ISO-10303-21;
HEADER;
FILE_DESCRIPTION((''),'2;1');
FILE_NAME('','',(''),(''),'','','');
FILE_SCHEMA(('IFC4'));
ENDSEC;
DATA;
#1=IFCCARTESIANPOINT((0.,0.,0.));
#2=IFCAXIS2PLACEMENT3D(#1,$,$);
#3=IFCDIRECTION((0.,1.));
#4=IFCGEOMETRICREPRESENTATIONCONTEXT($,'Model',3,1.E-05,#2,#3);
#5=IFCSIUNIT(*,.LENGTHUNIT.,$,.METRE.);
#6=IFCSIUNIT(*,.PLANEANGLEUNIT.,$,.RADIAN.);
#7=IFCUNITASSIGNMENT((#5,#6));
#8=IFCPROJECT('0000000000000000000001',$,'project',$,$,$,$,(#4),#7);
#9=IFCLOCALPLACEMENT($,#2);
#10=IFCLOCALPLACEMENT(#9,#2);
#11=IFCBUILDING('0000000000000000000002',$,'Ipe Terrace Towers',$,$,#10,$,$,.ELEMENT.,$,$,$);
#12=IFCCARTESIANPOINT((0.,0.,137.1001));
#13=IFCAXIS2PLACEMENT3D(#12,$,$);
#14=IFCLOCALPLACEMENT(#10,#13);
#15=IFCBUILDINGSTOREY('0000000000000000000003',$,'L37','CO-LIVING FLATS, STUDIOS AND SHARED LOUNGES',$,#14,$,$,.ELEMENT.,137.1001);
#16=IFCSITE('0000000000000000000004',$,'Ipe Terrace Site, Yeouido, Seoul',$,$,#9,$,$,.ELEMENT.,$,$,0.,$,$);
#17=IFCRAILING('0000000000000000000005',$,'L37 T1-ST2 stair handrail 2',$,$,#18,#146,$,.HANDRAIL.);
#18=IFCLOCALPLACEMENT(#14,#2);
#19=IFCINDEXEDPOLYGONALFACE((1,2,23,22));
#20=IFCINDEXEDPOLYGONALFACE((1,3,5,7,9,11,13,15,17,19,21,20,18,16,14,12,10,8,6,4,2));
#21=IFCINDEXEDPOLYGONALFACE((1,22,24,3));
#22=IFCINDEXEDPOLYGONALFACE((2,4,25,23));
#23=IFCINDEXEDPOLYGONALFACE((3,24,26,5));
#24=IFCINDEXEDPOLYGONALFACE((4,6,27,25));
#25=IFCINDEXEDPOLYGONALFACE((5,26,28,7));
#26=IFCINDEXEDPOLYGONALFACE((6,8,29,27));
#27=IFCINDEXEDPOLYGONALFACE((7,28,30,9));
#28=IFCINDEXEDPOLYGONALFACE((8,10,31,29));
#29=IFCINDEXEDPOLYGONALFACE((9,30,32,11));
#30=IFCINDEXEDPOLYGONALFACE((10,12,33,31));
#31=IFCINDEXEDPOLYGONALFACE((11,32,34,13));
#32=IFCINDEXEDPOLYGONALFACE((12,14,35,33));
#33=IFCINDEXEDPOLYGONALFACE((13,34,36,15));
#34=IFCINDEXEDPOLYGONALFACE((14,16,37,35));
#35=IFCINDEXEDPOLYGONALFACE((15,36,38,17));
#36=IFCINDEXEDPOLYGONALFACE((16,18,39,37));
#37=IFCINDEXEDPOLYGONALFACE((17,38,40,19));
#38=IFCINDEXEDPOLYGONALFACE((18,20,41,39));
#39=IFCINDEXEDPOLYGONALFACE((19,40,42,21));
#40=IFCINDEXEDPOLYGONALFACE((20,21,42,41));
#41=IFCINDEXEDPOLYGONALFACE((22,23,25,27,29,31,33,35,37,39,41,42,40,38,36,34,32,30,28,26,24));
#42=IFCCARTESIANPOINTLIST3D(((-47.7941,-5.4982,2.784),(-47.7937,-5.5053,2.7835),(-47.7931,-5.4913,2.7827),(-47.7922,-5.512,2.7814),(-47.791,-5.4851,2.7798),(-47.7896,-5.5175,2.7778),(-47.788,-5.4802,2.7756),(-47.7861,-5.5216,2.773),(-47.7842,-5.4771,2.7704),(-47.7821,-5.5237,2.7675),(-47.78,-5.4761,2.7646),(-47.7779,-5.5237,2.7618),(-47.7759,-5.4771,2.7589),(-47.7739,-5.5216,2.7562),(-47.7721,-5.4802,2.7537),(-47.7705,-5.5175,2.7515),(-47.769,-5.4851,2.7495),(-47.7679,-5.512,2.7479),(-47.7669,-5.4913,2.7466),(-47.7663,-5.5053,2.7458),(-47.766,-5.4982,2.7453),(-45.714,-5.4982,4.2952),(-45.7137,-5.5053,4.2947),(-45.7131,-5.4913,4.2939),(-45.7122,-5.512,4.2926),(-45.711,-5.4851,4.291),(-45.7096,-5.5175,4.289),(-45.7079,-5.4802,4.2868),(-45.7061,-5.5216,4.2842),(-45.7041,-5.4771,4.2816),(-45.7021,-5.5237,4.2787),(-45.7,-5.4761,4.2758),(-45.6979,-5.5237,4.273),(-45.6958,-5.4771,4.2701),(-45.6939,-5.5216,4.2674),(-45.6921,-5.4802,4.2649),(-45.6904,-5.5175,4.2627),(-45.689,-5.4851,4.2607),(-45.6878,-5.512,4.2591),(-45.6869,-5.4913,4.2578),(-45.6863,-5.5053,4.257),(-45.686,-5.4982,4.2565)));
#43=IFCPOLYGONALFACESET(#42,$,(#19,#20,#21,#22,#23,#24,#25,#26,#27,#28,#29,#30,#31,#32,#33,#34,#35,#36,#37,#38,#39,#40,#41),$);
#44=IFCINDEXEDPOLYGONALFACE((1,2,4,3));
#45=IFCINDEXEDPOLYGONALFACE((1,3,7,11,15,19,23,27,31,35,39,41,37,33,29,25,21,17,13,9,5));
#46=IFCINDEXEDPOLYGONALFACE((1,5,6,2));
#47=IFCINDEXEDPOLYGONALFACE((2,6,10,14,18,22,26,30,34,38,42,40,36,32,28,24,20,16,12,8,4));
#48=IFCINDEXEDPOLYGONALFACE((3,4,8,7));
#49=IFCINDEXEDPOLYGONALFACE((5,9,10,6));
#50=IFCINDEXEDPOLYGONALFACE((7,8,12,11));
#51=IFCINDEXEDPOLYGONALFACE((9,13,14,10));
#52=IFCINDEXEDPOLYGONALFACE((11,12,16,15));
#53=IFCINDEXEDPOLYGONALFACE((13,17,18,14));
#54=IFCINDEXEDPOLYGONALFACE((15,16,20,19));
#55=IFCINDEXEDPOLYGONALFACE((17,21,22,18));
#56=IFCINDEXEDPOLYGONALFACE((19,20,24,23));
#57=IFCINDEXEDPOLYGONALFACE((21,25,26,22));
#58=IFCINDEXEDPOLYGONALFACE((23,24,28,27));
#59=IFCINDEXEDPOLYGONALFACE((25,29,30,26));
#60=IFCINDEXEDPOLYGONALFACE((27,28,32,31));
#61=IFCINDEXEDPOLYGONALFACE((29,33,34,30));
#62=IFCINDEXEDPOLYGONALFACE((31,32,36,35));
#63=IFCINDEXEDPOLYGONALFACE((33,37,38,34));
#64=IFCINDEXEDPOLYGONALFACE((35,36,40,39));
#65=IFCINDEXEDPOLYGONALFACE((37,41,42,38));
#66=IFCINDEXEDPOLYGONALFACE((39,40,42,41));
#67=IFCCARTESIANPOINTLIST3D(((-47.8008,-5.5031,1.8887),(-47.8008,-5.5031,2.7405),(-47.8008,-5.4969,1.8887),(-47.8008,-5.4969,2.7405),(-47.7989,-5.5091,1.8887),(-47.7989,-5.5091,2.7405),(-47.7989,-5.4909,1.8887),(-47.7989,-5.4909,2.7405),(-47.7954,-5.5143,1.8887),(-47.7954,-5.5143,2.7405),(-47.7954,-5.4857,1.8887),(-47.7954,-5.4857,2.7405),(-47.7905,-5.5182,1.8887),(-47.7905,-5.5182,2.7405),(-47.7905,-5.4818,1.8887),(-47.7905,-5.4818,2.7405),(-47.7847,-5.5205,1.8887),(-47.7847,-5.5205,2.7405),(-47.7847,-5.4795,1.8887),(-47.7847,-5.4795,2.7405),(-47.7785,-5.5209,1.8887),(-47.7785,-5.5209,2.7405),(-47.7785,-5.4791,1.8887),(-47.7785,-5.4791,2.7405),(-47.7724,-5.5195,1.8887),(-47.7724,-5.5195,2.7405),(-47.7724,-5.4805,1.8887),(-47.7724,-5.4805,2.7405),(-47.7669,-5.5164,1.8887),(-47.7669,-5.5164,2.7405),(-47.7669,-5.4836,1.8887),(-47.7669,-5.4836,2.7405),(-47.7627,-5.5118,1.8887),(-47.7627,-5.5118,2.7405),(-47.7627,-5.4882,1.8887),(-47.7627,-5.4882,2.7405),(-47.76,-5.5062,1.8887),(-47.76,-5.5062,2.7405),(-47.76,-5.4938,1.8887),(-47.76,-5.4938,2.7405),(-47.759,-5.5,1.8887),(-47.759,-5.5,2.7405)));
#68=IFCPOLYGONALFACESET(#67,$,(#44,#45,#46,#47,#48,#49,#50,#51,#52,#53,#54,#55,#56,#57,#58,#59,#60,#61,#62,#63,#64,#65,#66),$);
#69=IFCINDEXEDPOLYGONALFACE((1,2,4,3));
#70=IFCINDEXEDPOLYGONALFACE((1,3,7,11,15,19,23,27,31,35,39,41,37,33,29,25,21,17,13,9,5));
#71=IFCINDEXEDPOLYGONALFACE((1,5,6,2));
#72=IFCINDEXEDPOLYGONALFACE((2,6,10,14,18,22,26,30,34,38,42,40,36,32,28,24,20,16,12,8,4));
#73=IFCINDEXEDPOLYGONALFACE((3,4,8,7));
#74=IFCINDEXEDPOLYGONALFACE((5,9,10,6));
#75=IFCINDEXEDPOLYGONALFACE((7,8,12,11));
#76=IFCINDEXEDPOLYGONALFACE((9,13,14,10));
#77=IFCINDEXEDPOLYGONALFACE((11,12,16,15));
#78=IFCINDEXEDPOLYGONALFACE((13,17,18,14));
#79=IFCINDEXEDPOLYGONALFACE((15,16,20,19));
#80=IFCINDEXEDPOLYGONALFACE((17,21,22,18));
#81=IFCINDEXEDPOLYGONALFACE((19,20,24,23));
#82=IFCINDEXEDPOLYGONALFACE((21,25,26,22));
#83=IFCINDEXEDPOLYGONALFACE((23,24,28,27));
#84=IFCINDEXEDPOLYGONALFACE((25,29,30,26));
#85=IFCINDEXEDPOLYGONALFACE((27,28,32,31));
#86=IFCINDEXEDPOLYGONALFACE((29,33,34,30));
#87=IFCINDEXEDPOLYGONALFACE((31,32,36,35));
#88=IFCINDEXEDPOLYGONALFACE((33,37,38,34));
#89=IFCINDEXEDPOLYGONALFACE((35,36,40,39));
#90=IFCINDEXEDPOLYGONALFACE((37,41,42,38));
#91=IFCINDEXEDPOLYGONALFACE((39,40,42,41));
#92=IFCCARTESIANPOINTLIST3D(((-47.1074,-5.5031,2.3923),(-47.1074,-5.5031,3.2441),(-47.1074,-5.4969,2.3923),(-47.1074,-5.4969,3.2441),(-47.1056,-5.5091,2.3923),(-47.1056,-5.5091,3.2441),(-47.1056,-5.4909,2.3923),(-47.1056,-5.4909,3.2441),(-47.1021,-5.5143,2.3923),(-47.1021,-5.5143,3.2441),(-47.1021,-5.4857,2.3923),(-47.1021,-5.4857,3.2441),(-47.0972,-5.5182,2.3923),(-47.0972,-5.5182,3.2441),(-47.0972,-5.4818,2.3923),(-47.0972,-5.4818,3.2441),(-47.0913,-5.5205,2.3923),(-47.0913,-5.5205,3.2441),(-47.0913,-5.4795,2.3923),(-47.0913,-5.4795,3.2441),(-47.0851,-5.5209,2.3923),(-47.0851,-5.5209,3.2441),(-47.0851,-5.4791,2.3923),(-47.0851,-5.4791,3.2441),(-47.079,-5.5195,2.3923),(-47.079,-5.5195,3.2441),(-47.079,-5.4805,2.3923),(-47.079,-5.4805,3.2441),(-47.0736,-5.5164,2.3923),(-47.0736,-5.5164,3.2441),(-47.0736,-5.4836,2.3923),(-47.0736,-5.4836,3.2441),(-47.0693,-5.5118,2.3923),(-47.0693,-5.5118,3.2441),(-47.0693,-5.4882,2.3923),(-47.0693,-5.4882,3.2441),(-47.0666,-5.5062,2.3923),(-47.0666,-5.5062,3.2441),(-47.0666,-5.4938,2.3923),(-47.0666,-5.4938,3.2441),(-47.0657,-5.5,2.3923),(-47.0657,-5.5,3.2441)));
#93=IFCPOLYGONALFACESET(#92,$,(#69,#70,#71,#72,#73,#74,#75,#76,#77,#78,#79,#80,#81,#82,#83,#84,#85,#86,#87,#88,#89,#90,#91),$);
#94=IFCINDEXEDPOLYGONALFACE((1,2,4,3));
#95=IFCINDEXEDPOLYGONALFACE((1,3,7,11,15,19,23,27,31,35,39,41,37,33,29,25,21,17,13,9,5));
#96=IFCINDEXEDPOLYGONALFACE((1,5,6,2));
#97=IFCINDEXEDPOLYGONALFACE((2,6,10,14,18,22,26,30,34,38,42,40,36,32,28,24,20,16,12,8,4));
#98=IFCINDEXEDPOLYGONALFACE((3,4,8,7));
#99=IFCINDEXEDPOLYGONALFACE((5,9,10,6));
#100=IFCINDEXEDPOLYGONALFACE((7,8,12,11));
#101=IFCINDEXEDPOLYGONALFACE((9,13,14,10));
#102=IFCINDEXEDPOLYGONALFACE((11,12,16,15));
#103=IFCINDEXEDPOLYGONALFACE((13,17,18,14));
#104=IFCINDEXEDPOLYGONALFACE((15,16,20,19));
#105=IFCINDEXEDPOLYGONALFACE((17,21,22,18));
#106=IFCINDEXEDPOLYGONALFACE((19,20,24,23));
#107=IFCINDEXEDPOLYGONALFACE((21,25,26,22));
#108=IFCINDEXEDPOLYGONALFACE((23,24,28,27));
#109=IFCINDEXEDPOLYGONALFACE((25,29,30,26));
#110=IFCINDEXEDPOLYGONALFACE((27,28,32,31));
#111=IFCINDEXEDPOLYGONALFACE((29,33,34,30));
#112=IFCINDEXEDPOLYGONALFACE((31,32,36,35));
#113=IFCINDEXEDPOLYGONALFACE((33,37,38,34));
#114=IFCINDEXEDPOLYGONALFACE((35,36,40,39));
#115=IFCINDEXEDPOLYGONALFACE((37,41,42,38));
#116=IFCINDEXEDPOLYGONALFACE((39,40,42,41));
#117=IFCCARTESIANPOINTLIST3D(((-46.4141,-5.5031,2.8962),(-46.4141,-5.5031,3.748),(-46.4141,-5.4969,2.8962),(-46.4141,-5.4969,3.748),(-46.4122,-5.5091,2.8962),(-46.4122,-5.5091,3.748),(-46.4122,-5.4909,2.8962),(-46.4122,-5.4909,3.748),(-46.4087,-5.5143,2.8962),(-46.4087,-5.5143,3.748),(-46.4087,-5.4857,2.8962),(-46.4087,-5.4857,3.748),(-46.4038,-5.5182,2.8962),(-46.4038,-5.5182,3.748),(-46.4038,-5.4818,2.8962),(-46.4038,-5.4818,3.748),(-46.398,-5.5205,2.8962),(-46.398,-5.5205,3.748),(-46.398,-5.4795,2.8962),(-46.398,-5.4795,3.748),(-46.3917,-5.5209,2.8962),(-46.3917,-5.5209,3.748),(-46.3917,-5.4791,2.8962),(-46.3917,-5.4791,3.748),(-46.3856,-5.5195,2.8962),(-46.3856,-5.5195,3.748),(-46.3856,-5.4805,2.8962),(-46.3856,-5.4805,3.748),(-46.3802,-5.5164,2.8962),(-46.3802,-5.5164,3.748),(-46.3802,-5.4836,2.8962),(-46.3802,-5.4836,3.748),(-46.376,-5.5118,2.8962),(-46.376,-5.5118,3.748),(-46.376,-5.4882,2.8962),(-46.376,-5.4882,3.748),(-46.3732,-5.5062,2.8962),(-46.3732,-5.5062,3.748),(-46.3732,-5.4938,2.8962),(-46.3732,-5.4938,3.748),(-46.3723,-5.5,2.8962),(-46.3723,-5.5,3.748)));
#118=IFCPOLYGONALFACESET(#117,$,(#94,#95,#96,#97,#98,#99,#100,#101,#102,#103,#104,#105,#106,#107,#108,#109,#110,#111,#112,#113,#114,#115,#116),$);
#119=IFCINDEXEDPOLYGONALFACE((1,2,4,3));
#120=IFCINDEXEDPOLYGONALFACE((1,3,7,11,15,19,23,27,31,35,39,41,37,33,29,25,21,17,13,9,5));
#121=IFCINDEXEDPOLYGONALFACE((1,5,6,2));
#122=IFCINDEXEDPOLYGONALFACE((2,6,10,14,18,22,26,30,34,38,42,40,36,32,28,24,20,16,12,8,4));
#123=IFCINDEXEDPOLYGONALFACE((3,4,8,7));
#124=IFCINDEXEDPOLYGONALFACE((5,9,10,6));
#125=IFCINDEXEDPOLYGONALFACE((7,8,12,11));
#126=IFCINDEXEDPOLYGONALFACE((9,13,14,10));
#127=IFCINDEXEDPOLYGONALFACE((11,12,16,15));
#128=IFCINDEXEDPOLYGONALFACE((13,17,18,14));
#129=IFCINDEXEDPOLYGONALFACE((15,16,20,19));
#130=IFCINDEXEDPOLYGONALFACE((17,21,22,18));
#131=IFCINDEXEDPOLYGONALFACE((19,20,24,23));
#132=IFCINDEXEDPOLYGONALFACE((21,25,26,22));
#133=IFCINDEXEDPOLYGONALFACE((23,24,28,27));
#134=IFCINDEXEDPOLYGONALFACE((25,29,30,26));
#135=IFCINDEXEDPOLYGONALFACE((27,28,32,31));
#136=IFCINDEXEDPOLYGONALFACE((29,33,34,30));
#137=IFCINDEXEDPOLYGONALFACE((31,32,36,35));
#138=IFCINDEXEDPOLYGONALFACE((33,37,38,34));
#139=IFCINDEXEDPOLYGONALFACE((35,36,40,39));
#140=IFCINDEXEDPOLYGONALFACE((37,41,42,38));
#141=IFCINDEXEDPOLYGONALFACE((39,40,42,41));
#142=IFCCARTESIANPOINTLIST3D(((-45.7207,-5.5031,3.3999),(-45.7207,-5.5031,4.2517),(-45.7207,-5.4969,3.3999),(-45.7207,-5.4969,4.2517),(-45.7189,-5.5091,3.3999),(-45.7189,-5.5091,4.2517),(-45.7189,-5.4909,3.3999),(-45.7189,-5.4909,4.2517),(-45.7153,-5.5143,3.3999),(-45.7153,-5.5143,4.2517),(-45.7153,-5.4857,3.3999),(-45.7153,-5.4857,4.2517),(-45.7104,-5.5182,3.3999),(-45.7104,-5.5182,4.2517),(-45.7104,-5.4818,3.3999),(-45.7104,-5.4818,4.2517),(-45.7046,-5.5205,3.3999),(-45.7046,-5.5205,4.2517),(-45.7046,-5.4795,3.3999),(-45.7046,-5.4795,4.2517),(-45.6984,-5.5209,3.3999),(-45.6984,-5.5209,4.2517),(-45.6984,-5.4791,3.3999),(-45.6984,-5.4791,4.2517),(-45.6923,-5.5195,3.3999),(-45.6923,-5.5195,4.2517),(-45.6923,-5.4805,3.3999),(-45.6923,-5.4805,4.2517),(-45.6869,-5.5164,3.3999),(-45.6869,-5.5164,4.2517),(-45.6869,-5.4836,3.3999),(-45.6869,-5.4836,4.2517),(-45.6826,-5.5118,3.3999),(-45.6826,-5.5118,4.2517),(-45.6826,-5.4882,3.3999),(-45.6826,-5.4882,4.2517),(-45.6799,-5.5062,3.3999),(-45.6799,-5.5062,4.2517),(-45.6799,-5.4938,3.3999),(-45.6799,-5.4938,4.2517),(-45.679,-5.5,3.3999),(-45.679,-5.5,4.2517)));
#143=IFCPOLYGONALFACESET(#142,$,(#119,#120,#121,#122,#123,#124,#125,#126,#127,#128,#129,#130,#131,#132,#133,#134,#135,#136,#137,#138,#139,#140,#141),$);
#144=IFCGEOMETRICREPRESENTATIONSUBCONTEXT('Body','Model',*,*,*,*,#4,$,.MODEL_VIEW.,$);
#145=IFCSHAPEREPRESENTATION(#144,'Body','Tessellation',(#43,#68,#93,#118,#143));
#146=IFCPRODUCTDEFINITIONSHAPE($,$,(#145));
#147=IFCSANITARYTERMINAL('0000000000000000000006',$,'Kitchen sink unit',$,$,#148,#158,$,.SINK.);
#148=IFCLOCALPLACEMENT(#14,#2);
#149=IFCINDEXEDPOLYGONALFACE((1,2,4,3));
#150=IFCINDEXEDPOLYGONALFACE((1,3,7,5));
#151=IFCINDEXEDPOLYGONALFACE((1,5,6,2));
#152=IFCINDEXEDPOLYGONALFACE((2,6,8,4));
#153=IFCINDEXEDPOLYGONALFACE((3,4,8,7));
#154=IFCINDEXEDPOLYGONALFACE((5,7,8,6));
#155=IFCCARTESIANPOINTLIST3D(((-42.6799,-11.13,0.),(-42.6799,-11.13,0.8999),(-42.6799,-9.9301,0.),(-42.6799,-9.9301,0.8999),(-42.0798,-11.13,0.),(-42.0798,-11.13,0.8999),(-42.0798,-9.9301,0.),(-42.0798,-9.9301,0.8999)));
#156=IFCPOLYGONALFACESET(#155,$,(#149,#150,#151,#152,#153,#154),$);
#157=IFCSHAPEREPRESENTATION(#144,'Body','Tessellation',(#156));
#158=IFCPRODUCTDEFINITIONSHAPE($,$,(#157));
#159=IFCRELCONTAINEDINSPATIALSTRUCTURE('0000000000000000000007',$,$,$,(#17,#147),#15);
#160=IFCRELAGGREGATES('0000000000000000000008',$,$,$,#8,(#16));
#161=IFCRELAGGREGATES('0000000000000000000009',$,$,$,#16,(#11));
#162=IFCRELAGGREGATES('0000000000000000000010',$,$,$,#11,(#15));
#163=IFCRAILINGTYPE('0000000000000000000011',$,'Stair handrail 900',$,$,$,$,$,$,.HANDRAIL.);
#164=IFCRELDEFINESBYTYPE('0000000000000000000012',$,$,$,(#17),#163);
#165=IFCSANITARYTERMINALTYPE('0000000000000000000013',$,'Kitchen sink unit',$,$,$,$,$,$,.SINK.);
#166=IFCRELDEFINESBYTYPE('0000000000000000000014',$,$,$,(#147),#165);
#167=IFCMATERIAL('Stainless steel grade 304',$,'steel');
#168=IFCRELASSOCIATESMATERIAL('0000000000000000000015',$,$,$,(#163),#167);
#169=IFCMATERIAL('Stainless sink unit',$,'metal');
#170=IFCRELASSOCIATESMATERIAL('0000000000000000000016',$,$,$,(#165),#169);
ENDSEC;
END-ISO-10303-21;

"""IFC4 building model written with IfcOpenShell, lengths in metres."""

from ifc_helpers import new_model, si_unit, direction, frame, origin, origin_2d, place, context, subcontext, project, spatial, rectangle, circle, extrude, material, type_object, element, save


model = new_model("IFC4")

# Units and contexts
model_context = context("Model", 3, precision=1e-05, world=origin(), true_north=direction((0.0, 1.0)))
body_context = subcontext(model_context, "Body", "Model", "MODEL_VIEW")
ifc_project = project(units=[si_unit("LENGTHUNIT", "METRE"), si_unit("PLANEANGLEUNIT", "RADIAN")], contexts=[model_context])

# Site, building, storey
site_placement = place(None, origin())
site = spatial("IfcSite", under=ifc_project, at=site_placement, Name="Ipe Terrace Site, Yeouido, Seoul", CompositionType="ELEMENT", RefElevation=0.0)
building_placement = place(site_placement, origin())
building = spatial("IfcBuilding", under=site, at=building_placement, Name="Ipe Terrace Towers", CompositionType="ELEMENT")
storey_placement = place(building_placement, frame((0.0, 0.0, 137.1001)))
storey = spatial("IfcBuildingStorey", under=building, at=storey_placement, Name="L37", Description="CO-LIVING FLATS, STUDIOS AND SHARED LOUNGES", CompositionType="ELEMENT", Elevation=137.1001)

# Railing
ifc_material_1 = material(Name="Stainless steel grade 304", Category="steel")
railing_type_1 = type_object("IfcRailingType", Name="Stair handrail 900", PredefinedType="HANDRAIL", material=ifc_material_1)
railing_1_placement = place(storey_placement, frame((-47.78, -5.5, 1.8887)))
element("IfcRailing", 1, at=railing_1_placement, inside=storey, type_object=railing_type_1, Name="L37 T1-ST2 stair handrail 2", PredefinedType="HANDRAIL", context=body_context, shape_type="SweptSolid", body=[
    extrude(circle(Radius=0.0239, at=origin_2d()), frame((0.0, 0.0, 0.876), z_axis=(0.809023, 0.0, 0.587776), x_axis=(0.0, 1.0, 0.0)), (0.0, 0.0, 1.0), 2.571),
    extrude(circle(Radius=0.021, at=origin_2d()), origin(), (0.0, 0.0, 1.0), 0.8518),
    extrude(circle(Radius=0.021, at=origin_2d()), frame((0.6934, 0.0, 0.5037)), (0.0, 0.0, 1.0), 0.8518),
    extrude(circle(Radius=0.021, at=origin_2d()), frame((1.3867, 0.0, 1.0076)), (0.0, 0.0, 1.0), 0.8518),
    extrude(circle(Radius=0.021, at=origin_2d()), frame((2.0801, 0.0, 1.5112)), (0.0, 0.0, 1.0), 0.8518),
])

# Sanitary terminal
ifc_material_2 = material(Name="Stainless sink unit", Category="metal")
sanitary_terminal_type = type_object("IfcSanitaryTerminalType", Name="Kitchen sink unit", PredefinedType="SINK", material=ifc_material_2)
sanitary_terminal_placement = place(storey_placement, frame((-42.3799, -10.53, 0.0), z_axis=(0.0, 0.0, 1.0), x_axis=(0.0, 1.0, 0.0)))
element("IfcSanitaryTerminal", 2, at=sanitary_terminal_placement, inside=storey, type_object=sanitary_terminal_type, Name="Kitchen sink unit", PredefinedType="SINK", context=body_context, shape_type="SweptSolid", body=[
    extrude(rectangle(XDim=1.2, YDim=0.6001, at=origin_2d()), origin(), (0.0, 0.0, 1.0), 0.8999),
])

save(model, "model.ifc")
